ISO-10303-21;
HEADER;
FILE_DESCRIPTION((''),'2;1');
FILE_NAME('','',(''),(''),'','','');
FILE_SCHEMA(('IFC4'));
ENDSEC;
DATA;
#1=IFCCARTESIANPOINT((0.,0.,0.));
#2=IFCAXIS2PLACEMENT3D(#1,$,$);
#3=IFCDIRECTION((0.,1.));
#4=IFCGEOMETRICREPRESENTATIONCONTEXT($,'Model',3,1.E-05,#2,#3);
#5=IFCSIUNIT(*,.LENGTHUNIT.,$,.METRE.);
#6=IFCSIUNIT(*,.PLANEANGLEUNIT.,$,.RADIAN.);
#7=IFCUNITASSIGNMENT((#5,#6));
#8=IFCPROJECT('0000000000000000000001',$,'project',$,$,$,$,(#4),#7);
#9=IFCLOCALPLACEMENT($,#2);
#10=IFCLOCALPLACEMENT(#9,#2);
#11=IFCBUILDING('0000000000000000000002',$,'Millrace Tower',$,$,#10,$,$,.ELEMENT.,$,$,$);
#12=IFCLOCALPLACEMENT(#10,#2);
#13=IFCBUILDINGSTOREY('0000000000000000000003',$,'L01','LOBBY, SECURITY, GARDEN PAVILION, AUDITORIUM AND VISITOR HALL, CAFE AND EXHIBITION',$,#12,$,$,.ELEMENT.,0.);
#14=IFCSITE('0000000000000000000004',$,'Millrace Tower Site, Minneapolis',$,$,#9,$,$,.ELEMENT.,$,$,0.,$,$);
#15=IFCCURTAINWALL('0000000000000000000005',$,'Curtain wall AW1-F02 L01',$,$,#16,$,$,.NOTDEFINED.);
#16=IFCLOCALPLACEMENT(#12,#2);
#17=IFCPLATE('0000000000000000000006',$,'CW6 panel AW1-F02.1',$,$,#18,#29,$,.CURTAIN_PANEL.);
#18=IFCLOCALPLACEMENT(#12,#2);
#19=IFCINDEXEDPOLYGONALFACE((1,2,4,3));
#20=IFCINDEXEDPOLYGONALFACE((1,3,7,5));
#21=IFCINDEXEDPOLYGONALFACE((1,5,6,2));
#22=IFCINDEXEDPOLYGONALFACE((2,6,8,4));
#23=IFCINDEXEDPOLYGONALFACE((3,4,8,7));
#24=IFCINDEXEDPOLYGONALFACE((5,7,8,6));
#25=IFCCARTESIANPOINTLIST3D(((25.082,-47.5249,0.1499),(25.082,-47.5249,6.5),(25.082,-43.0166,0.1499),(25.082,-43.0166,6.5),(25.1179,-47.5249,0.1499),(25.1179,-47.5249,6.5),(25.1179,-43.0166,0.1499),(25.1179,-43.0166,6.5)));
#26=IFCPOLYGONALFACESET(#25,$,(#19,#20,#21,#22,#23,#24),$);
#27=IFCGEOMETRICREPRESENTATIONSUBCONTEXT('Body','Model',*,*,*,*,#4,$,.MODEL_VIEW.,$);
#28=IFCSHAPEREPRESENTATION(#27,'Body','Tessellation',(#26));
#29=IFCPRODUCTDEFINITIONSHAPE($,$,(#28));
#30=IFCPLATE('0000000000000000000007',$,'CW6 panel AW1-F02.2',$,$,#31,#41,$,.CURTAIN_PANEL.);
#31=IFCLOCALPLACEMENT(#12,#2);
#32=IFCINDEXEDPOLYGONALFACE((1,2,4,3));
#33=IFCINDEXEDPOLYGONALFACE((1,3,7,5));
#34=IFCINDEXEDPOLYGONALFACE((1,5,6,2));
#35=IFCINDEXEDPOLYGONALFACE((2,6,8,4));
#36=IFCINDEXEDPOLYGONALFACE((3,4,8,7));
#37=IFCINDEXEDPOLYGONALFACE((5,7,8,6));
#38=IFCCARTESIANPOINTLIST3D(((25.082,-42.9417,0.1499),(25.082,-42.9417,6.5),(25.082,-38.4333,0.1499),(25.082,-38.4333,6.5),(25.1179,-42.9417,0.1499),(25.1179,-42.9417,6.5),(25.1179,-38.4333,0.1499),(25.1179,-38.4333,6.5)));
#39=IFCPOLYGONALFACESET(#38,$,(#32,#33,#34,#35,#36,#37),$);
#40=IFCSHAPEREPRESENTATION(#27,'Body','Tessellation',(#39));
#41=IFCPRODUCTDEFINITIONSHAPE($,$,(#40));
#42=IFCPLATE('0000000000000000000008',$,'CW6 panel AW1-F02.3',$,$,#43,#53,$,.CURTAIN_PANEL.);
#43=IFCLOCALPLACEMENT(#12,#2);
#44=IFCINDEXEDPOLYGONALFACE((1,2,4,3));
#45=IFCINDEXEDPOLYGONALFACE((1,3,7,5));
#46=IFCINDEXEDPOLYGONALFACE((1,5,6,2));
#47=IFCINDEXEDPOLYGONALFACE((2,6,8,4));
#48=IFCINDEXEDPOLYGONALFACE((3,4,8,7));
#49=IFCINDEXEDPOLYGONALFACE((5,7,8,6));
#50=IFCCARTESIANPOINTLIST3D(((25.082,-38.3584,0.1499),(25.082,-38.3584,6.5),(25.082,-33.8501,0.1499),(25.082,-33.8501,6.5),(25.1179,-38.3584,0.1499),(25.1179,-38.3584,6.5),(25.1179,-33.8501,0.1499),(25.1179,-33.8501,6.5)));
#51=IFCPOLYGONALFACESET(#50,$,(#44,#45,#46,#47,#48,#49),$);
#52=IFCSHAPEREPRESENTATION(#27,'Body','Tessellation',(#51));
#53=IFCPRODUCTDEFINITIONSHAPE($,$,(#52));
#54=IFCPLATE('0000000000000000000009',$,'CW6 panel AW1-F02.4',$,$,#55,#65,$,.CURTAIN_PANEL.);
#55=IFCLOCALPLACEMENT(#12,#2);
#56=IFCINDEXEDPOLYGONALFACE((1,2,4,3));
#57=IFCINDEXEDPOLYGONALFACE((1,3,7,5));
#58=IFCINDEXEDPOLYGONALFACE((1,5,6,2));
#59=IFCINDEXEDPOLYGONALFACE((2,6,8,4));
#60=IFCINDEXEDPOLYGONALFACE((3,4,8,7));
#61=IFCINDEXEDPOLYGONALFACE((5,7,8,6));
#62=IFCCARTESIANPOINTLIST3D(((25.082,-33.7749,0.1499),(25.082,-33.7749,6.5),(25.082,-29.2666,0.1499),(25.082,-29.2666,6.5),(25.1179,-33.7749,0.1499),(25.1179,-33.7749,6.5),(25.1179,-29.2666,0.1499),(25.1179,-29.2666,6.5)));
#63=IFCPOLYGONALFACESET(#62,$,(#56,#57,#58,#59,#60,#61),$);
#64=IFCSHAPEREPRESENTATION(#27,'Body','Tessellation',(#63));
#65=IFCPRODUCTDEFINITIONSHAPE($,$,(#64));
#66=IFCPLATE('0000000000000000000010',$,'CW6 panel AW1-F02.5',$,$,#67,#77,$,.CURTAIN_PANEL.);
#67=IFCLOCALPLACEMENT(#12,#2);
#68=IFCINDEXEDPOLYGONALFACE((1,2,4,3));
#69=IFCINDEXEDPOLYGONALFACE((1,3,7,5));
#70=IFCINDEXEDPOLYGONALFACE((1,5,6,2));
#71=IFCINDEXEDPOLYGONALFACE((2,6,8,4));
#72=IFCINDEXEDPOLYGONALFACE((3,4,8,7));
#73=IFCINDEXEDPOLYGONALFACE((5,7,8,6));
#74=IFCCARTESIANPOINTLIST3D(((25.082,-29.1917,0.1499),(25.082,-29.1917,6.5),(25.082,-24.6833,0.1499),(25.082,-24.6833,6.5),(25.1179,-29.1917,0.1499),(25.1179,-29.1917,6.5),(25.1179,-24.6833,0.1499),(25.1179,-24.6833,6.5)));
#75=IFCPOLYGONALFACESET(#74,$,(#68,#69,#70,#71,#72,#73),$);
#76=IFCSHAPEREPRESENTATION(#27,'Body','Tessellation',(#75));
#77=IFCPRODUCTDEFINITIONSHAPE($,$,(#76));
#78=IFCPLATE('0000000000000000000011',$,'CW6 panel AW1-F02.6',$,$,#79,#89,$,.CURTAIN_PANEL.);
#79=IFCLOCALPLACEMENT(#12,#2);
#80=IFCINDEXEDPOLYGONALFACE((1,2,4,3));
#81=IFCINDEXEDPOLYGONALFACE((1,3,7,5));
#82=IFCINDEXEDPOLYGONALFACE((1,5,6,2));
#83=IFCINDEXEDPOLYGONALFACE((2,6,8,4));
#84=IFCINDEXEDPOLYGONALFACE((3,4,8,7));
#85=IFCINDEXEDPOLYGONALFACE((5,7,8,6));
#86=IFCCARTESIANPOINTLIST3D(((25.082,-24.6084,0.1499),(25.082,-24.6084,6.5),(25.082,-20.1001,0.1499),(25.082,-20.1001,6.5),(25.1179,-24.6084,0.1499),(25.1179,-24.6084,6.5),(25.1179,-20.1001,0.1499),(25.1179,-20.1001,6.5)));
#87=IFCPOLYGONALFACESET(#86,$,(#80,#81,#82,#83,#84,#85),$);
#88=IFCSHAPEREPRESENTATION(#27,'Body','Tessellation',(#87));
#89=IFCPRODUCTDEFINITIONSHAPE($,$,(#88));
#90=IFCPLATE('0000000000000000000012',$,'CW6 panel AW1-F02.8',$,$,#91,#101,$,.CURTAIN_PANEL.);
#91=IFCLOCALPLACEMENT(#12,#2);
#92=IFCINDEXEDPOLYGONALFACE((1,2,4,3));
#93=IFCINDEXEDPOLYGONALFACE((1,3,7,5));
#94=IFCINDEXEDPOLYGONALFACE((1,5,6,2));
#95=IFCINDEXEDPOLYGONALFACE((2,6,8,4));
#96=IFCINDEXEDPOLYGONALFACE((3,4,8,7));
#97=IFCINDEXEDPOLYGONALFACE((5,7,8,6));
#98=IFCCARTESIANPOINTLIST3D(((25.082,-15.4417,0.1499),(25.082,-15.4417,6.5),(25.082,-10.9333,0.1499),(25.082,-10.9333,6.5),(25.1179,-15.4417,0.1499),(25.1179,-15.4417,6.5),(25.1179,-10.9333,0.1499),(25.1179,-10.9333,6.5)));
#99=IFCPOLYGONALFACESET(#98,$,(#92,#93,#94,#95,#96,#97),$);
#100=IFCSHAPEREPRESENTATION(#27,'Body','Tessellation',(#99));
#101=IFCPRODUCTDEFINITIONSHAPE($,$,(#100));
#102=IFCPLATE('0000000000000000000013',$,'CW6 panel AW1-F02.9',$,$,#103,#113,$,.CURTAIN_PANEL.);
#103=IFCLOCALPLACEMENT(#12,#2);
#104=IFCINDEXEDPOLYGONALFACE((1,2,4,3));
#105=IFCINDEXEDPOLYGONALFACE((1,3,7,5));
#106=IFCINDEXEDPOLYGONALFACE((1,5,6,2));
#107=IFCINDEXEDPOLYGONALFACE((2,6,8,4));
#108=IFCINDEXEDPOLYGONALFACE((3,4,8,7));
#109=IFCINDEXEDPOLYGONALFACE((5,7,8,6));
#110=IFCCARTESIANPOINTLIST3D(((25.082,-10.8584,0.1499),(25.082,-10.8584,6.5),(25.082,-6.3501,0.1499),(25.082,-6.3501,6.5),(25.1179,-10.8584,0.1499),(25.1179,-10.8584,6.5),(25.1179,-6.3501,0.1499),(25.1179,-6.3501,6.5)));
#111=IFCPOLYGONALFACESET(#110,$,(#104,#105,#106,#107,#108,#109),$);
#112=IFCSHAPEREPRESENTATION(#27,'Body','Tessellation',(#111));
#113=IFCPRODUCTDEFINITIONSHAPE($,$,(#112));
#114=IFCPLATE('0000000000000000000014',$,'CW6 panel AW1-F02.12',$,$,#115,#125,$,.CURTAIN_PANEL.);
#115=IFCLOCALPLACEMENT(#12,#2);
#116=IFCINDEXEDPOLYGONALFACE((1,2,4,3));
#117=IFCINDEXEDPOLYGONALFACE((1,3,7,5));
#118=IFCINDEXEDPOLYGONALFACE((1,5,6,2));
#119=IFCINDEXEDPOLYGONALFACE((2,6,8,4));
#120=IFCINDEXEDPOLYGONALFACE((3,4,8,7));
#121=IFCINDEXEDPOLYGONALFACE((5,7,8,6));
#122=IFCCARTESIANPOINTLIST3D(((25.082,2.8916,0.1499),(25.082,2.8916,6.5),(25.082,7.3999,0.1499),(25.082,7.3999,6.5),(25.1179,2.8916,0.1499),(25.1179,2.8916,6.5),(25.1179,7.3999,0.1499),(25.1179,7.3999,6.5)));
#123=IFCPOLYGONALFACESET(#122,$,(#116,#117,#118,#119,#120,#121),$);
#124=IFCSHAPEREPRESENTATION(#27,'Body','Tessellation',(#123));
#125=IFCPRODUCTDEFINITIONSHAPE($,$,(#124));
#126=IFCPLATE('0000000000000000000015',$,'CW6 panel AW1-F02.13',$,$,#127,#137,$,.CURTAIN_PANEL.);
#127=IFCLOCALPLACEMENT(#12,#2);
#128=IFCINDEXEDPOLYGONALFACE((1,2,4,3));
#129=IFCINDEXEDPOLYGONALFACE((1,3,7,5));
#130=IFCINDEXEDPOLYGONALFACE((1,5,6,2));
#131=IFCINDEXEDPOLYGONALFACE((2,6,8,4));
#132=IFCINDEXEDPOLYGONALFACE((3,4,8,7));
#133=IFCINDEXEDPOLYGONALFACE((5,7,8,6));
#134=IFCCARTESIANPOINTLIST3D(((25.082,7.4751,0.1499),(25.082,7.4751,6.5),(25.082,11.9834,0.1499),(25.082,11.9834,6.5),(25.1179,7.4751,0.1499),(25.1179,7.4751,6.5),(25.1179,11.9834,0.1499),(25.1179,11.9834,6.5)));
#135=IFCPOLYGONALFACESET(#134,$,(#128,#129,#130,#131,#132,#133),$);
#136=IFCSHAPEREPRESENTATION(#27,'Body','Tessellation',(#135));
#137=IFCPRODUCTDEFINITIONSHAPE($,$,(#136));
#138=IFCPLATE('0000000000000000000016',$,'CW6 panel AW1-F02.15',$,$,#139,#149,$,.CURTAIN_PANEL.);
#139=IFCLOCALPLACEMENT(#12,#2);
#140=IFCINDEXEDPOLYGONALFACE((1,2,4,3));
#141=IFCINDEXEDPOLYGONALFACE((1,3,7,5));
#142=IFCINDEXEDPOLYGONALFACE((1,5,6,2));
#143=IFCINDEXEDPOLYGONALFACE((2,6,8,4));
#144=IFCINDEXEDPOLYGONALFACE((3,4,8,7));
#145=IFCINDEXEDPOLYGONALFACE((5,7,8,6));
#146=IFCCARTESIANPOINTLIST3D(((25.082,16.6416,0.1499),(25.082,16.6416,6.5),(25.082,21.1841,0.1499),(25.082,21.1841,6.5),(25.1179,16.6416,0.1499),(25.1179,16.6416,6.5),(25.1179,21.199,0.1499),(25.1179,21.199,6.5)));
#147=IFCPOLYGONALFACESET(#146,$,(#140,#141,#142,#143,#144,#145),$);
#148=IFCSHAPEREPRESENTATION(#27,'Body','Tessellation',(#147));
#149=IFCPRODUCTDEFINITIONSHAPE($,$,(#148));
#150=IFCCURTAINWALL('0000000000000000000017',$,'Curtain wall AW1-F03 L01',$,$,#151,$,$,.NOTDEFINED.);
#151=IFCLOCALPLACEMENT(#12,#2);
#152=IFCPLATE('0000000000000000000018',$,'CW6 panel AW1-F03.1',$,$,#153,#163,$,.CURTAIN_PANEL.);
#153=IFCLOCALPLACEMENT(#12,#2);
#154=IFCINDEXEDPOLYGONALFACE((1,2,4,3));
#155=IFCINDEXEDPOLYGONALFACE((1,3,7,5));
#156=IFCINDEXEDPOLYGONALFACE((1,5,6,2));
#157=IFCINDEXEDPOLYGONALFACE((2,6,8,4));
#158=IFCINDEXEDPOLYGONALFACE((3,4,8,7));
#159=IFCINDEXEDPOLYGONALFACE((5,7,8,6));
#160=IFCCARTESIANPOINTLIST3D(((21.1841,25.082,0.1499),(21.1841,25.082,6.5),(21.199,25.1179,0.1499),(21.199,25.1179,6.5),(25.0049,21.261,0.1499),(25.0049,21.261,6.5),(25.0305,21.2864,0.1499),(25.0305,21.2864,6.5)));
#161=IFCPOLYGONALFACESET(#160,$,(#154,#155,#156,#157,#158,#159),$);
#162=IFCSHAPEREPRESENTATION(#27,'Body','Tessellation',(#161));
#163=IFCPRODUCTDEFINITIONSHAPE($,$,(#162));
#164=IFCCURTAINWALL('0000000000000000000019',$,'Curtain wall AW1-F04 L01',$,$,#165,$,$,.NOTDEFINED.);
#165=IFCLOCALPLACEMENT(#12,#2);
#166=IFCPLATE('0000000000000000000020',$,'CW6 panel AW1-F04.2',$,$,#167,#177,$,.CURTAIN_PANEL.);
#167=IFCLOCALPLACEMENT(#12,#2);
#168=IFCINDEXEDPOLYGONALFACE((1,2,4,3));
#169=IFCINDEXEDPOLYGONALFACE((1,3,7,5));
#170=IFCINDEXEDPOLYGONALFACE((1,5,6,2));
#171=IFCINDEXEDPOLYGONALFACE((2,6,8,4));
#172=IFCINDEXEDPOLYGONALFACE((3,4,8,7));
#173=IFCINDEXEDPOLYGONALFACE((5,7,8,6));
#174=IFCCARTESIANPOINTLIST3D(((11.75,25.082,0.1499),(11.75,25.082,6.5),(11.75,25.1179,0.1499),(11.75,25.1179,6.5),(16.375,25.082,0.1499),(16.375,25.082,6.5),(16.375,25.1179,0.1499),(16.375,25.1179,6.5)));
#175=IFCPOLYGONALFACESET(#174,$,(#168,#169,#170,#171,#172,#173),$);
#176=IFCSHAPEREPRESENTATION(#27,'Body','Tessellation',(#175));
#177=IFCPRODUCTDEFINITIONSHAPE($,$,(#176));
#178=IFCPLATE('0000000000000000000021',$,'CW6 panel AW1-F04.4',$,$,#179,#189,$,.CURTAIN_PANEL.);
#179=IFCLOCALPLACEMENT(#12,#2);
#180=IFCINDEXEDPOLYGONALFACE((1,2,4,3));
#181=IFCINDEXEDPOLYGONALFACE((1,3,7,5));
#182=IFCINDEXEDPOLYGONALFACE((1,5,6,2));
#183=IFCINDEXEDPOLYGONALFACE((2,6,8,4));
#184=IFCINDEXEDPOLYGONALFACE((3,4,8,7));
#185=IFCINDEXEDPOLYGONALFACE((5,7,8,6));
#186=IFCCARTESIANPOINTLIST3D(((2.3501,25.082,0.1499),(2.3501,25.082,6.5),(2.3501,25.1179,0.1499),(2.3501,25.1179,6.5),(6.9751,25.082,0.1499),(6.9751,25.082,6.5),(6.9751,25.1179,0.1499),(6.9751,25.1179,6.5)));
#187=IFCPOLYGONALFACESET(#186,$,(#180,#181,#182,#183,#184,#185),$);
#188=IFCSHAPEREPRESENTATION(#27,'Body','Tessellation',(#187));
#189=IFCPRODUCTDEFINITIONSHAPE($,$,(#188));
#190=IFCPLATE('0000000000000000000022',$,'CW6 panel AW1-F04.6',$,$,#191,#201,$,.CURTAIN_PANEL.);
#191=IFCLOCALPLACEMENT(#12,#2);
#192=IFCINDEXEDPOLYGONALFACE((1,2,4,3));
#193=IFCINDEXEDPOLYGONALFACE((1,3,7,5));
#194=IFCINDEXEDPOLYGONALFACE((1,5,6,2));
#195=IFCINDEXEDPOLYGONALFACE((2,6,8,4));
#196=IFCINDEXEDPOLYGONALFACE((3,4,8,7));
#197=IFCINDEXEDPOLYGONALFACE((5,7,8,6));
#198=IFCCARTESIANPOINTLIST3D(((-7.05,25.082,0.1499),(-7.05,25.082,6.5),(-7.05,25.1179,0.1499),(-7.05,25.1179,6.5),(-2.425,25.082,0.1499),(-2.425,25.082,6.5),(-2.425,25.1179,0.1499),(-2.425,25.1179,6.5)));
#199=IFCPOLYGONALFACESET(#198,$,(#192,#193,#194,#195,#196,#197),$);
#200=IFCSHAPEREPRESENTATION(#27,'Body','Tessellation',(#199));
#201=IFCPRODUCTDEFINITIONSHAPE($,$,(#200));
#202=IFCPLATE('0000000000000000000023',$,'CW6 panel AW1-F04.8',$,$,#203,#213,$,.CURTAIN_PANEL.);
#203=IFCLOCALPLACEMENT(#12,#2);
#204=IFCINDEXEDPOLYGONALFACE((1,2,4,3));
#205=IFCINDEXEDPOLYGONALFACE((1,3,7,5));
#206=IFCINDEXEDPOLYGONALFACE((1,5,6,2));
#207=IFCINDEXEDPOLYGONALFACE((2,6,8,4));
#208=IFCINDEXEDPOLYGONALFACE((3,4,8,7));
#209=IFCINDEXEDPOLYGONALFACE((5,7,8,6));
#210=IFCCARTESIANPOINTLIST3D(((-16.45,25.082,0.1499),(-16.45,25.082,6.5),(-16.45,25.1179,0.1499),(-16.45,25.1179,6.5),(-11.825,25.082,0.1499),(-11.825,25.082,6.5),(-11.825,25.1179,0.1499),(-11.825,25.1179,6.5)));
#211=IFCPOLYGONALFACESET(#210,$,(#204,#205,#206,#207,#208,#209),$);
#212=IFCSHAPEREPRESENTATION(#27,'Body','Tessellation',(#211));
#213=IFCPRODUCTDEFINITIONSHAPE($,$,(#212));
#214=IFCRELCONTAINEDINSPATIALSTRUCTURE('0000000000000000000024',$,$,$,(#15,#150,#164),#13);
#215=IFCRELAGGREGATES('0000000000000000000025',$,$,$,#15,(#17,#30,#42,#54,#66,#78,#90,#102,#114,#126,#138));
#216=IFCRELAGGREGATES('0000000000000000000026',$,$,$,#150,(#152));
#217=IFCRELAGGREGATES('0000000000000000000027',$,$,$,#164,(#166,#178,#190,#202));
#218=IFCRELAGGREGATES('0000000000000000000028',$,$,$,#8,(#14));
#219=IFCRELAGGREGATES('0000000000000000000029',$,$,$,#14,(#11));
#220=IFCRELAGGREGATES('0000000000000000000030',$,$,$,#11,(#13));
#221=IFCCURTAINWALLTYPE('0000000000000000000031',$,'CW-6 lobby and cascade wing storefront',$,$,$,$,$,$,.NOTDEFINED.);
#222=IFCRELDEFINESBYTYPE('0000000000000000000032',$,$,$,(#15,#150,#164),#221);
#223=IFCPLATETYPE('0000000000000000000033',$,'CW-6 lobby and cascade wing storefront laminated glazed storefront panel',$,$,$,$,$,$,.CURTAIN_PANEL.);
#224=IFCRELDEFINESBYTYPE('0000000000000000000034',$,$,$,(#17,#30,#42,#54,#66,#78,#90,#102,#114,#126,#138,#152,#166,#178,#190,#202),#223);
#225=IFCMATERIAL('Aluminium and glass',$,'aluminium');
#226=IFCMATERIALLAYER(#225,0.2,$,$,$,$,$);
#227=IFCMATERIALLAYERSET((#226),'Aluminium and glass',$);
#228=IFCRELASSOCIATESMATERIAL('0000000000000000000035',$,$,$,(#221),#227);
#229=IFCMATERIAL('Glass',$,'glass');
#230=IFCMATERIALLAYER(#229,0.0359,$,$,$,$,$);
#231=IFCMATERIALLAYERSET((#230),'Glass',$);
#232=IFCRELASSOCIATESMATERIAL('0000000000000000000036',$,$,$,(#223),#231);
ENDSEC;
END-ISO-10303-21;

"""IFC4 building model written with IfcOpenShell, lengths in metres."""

from ifc_helpers import new_model, si_unit, direction, frame, origin, place, context, subcontext, project, spatial, polyline, outline, extrude, material, layer, layer_set, type_object, element, aggregate, save


model = new_model("IFC4")

# Units and contexts
model_context = context("Model", 3, precision=1e-05, world=origin(), true_north=direction((0.0, 1.0)))
body_context = subcontext(model_context, "Body", "Model", "MODEL_VIEW")
ifc_project = project(units=[si_unit("LENGTHUNIT", "METRE"), si_unit("PLANEANGLEUNIT", "RADIAN")], contexts=[model_context])

# Site, building, storey
site_placement = place(None, origin())
site = spatial("IfcSite", under=ifc_project, at=site_placement, Name="Millrace Tower Site, Minneapolis", CompositionType="ELEMENT", RefElevation=0.0)
building_placement = place(site_placement, origin())
building = spatial("IfcBuilding", under=site, at=building_placement, Name="Millrace Tower", CompositionType="ELEMENT")
storey_placement = place(building_placement, origin())
storey = spatial("IfcBuildingStorey", under=building, at=storey_placement, Name="L01", Description="LOBBY, SECURITY, GARDEN PAVILION, AUDITORIUM AND VISITOR HALL, CAFE AND EXHIBITION", CompositionType="ELEMENT", Elevation=0.0)

# Curtain wall, plates
ifc_material_1 = material(Name="Aluminium and glass", Category="aluminium")
ifc_layer_1 = layer(ifc_material_1, 0.2)
ifc_layer_set_1 = layer_set([ifc_layer_1], Name="Aluminium and glass")
curtain_wall_type = type_object("IfcCurtainWallType", Name="CW-6 lobby and cascade wing storefront", PredefinedType="NOTDEFINED", material=ifc_layer_set_1)
placement_1 = place(storey_placement, origin())
curtain_wall_1 = element("IfcCurtainWall", 1, at=placement_1, inside=storey, type_object=curtain_wall_type, Name="Curtain wall AW1-F02 L01", PredefinedType="NOTDEFINED")
ifc_material_2 = material(Name="Glass", Category="glass")
ifc_layer_2 = layer(ifc_material_2, 0.0359)
ifc_layer_set_2 = layer_set([ifc_layer_2], Name="Glass")
plate_type = type_object("IfcPlateType", Name="CW-6 lobby and cascade wing storefront laminated glazed storefront panel", PredefinedType="CURTAIN_PANEL", material=ifc_layer_set_2)
placement_2 = place(storey_placement, frame((0.0, 0.0, 0.1499)))
plate_1 = element("IfcPlate", 2, at=placement_2, type_object=plate_type, Name="CW6 panel AW1-F02.1", PredefinedType="CURTAIN_PANEL", context=body_context, shape_type="SweptSolid", body=[
    extrude(outline(polyline([(25.1179, -47.5249), (25.1179, -43.0166), (25.082, -43.0166), (25.082, -47.5249), (25.1179, -47.5249)])), origin(), (0.0, 0.0, 1.0), 6.3501),
])
plate_2 = element("IfcPlate", 3, at=placement_2, type_object=plate_type, Name="CW6 panel AW1-F02.2", PredefinedType="CURTAIN_PANEL", context=body_context, shape_type="SweptSolid", body=[
    extrude(outline(polyline([(25.1179, -42.9417), (25.1179, -38.4333), (25.082, -38.4333), (25.082, -42.9417), (25.1179, -42.9417)])), origin(), (0.0, 0.0, 1.0), 6.3501),
])
plate_3 = element("IfcPlate", 4, at=placement_2, type_object=plate_type, Name="CW6 panel AW1-F02.3", PredefinedType="CURTAIN_PANEL", context=body_context, shape_type="SweptSolid", body=[
    extrude(outline(polyline([(25.1179, -38.3584), (25.1179, -33.8501), (25.082, -33.8501), (25.082, -38.3584), (25.1179, -38.3584)])), origin(), (0.0, 0.0, 1.0), 6.3501),
])
plate_4 = element("IfcPlate", 5, at=placement_2, type_object=plate_type, Name="CW6 panel AW1-F02.4", PredefinedType="CURTAIN_PANEL", context=body_context, shape_type="SweptSolid", body=[
    extrude(outline(polyline([(25.1179, -33.7749), (25.1179, -29.2666), (25.082, -29.2666), (25.082, -33.7749), (25.1179, -33.7749)])), origin(), (0.0, 0.0, 1.0), 6.3501),
])
plate_5 = element("IfcPlate", 6, at=placement_2, type_object=plate_type, Name="CW6 panel AW1-F02.5", PredefinedType="CURTAIN_PANEL", context=body_context, shape_type="SweptSolid", body=[
    extrude(outline(polyline([(25.1179, -29.1917), (25.1179, -24.6833), (25.082, -24.6833), (25.082, -29.1917), (25.1179, -29.1917)])), origin(), (0.0, 0.0, 1.0), 6.3501),
])
plate_6 = element("IfcPlate", 7, at=placement_2, type_object=plate_type, Name="CW6 panel AW1-F02.6", PredefinedType="CURTAIN_PANEL", context=body_context, shape_type="SweptSolid", body=[
    extrude(outline(polyline([(25.1179, -24.6084), (25.1179, -20.1001), (25.082, -20.1001), (25.082, -24.6084), (25.1179, -24.6084)])), origin(), (0.0, 0.0, 1.0), 6.3501),
])
plate_7 = element("IfcPlate", 8, at=placement_2, type_object=plate_type, Name="CW6 panel AW1-F02.8", PredefinedType="CURTAIN_PANEL", context=body_context, shape_type="SweptSolid", body=[
    extrude(outline(polyline([(25.1179, -15.4417), (25.1179, -10.9333), (25.082, -10.9333), (25.082, -15.4417), (25.1179, -15.4417)])), origin(), (0.0, 0.0, 1.0), 6.3501),
])
plate_8 = element("IfcPlate", 9, at=placement_2, type_object=plate_type, Name="CW6 panel AW1-F02.9", PredefinedType="CURTAIN_PANEL", context=body_context, shape_type="SweptSolid", body=[
    extrude(outline(polyline([(25.1179, -10.8584), (25.1179, -6.3501), (25.082, -6.3501), (25.082, -10.8584), (25.1179, -10.8584)])), origin(), (0.0, 0.0, 1.0), 6.3501),
])
plate_9 = element("IfcPlate", 10, at=placement_2, type_object=plate_type, Name="CW6 panel AW1-F02.12", PredefinedType="CURTAIN_PANEL", context=body_context, shape_type="SweptSolid", body=[
    extrude(outline(polyline([(25.1179, 2.8916), (25.1179, 7.3999), (25.082, 7.3999), (25.082, 2.8916), (25.1179, 2.8916)])), origin(), (0.0, 0.0, 1.0), 6.3501),
])
plate_10 = element("IfcPlate", 11, at=placement_2, type_object=plate_type, Name="CW6 panel AW1-F02.13", PredefinedType="CURTAIN_PANEL", context=body_context, shape_type="SweptSolid", body=[
    extrude(outline(polyline([(25.1179, 7.4751), (25.1179, 11.9834), (25.082, 11.9834), (25.082, 7.4751), (25.1179, 7.4751)])), origin(), (0.0, 0.0, 1.0), 6.3501),
])
plate_11 = element("IfcPlate", 12, at=placement_2, type_object=plate_type, Name="CW6 panel AW1-F02.15", PredefinedType="CURTAIN_PANEL", context=body_context, shape_type="SweptSolid", body=[
    extrude(outline(polyline([(25.1179, 16.6416), (25.1179, 21.199), (25.082, 21.1841), (25.082, 16.6416), (25.1179, 16.6416)])), origin(), (0.0, 0.0, 1.0), 6.3501),
])
aggregate(curtain_wall_1, [plate_1, plate_2, plate_3, plate_4, plate_5, plate_6, plate_7, plate_8, plate_9, plate_10, plate_11])

# Curtain wall, plate
curtain_wall_2 = element("IfcCurtainWall", 13, at=placement_1, inside=storey, type_object=curtain_wall_type, Name="Curtain wall AW1-F03 L01", PredefinedType="NOTDEFINED")
plate_12 = element("IfcPlate", 14, at=placement_2, type_object=plate_type, Name="CW6 panel AW1-F03.1", PredefinedType="CURTAIN_PANEL", context=body_context, shape_type="SweptSolid", body=[
    extrude(outline(polyline([(25.0305, 21.2864), (21.199, 25.1179), (21.1841, 25.082), (25.0049, 21.261), (25.0305, 21.2864)])), origin(), (0.0, 0.0, 1.0), 6.3501),
])
aggregate(curtain_wall_2, [plate_12])

# Curtain wall, plates
curtain_wall_3 = element("IfcCurtainWall", 15, at=placement_1, inside=storey, type_object=curtain_wall_type, Name="Curtain wall AW1-F04 L01", PredefinedType="NOTDEFINED")
plate_13 = element("IfcPlate", 16, at=placement_2, type_object=plate_type, Name="CW6 panel AW1-F04.2", PredefinedType="CURTAIN_PANEL", context=body_context, shape_type="SweptSolid", body=[
    extrude(outline(polyline([(16.375, 25.1179), (11.75, 25.1179), (11.75, 25.082), (16.375, 25.082), (16.375, 25.1179)])), origin(), (0.0, 0.0, 1.0), 6.3501),
])
plate_14 = element("IfcPlate", 17, at=placement_2, type_object=plate_type, Name="CW6 panel AW1-F04.4", PredefinedType="CURTAIN_PANEL", context=body_context, shape_type="SweptSolid", body=[
    extrude(outline(polyline([(6.9751, 25.1179), (2.3501, 25.1179), (2.3501, 25.082), (6.9751, 25.082), (6.9751, 25.1179)])), origin(), (0.0, 0.0, 1.0), 6.3501),
])
plate_15 = element("IfcPlate", 18, at=placement_2, type_object=plate_type, Name="CW6 panel AW1-F04.6", PredefinedType="CURTAIN_PANEL", context=body_context, shape_type="SweptSolid", body=[
    extrude(outline(polyline([(-2.425, 25.1179), (-7.05, 25.1179), (-7.05, 25.082), (-2.425, 25.082), (-2.425, 25.1179)])), origin(), (0.0, 0.0, 1.0), 6.3501),
])
plate_16 = element("IfcPlate", 19, at=placement_2, type_object=plate_type, Name="CW6 panel AW1-F04.8", PredefinedType="CURTAIN_PANEL", context=body_context, shape_type="SweptSolid", body=[
    extrude(outline(polyline([(-11.825, 25.1179), (-16.45, 25.1179), (-16.45, 25.082), (-11.825, 25.082), (-11.825, 25.1179)])), origin(), (0.0, 0.0, 1.0), 6.3501),
])
aggregate(curtain_wall_3, [plate_13, plate_14, plate_15, plate_16])

save(model, "model.ifc")
